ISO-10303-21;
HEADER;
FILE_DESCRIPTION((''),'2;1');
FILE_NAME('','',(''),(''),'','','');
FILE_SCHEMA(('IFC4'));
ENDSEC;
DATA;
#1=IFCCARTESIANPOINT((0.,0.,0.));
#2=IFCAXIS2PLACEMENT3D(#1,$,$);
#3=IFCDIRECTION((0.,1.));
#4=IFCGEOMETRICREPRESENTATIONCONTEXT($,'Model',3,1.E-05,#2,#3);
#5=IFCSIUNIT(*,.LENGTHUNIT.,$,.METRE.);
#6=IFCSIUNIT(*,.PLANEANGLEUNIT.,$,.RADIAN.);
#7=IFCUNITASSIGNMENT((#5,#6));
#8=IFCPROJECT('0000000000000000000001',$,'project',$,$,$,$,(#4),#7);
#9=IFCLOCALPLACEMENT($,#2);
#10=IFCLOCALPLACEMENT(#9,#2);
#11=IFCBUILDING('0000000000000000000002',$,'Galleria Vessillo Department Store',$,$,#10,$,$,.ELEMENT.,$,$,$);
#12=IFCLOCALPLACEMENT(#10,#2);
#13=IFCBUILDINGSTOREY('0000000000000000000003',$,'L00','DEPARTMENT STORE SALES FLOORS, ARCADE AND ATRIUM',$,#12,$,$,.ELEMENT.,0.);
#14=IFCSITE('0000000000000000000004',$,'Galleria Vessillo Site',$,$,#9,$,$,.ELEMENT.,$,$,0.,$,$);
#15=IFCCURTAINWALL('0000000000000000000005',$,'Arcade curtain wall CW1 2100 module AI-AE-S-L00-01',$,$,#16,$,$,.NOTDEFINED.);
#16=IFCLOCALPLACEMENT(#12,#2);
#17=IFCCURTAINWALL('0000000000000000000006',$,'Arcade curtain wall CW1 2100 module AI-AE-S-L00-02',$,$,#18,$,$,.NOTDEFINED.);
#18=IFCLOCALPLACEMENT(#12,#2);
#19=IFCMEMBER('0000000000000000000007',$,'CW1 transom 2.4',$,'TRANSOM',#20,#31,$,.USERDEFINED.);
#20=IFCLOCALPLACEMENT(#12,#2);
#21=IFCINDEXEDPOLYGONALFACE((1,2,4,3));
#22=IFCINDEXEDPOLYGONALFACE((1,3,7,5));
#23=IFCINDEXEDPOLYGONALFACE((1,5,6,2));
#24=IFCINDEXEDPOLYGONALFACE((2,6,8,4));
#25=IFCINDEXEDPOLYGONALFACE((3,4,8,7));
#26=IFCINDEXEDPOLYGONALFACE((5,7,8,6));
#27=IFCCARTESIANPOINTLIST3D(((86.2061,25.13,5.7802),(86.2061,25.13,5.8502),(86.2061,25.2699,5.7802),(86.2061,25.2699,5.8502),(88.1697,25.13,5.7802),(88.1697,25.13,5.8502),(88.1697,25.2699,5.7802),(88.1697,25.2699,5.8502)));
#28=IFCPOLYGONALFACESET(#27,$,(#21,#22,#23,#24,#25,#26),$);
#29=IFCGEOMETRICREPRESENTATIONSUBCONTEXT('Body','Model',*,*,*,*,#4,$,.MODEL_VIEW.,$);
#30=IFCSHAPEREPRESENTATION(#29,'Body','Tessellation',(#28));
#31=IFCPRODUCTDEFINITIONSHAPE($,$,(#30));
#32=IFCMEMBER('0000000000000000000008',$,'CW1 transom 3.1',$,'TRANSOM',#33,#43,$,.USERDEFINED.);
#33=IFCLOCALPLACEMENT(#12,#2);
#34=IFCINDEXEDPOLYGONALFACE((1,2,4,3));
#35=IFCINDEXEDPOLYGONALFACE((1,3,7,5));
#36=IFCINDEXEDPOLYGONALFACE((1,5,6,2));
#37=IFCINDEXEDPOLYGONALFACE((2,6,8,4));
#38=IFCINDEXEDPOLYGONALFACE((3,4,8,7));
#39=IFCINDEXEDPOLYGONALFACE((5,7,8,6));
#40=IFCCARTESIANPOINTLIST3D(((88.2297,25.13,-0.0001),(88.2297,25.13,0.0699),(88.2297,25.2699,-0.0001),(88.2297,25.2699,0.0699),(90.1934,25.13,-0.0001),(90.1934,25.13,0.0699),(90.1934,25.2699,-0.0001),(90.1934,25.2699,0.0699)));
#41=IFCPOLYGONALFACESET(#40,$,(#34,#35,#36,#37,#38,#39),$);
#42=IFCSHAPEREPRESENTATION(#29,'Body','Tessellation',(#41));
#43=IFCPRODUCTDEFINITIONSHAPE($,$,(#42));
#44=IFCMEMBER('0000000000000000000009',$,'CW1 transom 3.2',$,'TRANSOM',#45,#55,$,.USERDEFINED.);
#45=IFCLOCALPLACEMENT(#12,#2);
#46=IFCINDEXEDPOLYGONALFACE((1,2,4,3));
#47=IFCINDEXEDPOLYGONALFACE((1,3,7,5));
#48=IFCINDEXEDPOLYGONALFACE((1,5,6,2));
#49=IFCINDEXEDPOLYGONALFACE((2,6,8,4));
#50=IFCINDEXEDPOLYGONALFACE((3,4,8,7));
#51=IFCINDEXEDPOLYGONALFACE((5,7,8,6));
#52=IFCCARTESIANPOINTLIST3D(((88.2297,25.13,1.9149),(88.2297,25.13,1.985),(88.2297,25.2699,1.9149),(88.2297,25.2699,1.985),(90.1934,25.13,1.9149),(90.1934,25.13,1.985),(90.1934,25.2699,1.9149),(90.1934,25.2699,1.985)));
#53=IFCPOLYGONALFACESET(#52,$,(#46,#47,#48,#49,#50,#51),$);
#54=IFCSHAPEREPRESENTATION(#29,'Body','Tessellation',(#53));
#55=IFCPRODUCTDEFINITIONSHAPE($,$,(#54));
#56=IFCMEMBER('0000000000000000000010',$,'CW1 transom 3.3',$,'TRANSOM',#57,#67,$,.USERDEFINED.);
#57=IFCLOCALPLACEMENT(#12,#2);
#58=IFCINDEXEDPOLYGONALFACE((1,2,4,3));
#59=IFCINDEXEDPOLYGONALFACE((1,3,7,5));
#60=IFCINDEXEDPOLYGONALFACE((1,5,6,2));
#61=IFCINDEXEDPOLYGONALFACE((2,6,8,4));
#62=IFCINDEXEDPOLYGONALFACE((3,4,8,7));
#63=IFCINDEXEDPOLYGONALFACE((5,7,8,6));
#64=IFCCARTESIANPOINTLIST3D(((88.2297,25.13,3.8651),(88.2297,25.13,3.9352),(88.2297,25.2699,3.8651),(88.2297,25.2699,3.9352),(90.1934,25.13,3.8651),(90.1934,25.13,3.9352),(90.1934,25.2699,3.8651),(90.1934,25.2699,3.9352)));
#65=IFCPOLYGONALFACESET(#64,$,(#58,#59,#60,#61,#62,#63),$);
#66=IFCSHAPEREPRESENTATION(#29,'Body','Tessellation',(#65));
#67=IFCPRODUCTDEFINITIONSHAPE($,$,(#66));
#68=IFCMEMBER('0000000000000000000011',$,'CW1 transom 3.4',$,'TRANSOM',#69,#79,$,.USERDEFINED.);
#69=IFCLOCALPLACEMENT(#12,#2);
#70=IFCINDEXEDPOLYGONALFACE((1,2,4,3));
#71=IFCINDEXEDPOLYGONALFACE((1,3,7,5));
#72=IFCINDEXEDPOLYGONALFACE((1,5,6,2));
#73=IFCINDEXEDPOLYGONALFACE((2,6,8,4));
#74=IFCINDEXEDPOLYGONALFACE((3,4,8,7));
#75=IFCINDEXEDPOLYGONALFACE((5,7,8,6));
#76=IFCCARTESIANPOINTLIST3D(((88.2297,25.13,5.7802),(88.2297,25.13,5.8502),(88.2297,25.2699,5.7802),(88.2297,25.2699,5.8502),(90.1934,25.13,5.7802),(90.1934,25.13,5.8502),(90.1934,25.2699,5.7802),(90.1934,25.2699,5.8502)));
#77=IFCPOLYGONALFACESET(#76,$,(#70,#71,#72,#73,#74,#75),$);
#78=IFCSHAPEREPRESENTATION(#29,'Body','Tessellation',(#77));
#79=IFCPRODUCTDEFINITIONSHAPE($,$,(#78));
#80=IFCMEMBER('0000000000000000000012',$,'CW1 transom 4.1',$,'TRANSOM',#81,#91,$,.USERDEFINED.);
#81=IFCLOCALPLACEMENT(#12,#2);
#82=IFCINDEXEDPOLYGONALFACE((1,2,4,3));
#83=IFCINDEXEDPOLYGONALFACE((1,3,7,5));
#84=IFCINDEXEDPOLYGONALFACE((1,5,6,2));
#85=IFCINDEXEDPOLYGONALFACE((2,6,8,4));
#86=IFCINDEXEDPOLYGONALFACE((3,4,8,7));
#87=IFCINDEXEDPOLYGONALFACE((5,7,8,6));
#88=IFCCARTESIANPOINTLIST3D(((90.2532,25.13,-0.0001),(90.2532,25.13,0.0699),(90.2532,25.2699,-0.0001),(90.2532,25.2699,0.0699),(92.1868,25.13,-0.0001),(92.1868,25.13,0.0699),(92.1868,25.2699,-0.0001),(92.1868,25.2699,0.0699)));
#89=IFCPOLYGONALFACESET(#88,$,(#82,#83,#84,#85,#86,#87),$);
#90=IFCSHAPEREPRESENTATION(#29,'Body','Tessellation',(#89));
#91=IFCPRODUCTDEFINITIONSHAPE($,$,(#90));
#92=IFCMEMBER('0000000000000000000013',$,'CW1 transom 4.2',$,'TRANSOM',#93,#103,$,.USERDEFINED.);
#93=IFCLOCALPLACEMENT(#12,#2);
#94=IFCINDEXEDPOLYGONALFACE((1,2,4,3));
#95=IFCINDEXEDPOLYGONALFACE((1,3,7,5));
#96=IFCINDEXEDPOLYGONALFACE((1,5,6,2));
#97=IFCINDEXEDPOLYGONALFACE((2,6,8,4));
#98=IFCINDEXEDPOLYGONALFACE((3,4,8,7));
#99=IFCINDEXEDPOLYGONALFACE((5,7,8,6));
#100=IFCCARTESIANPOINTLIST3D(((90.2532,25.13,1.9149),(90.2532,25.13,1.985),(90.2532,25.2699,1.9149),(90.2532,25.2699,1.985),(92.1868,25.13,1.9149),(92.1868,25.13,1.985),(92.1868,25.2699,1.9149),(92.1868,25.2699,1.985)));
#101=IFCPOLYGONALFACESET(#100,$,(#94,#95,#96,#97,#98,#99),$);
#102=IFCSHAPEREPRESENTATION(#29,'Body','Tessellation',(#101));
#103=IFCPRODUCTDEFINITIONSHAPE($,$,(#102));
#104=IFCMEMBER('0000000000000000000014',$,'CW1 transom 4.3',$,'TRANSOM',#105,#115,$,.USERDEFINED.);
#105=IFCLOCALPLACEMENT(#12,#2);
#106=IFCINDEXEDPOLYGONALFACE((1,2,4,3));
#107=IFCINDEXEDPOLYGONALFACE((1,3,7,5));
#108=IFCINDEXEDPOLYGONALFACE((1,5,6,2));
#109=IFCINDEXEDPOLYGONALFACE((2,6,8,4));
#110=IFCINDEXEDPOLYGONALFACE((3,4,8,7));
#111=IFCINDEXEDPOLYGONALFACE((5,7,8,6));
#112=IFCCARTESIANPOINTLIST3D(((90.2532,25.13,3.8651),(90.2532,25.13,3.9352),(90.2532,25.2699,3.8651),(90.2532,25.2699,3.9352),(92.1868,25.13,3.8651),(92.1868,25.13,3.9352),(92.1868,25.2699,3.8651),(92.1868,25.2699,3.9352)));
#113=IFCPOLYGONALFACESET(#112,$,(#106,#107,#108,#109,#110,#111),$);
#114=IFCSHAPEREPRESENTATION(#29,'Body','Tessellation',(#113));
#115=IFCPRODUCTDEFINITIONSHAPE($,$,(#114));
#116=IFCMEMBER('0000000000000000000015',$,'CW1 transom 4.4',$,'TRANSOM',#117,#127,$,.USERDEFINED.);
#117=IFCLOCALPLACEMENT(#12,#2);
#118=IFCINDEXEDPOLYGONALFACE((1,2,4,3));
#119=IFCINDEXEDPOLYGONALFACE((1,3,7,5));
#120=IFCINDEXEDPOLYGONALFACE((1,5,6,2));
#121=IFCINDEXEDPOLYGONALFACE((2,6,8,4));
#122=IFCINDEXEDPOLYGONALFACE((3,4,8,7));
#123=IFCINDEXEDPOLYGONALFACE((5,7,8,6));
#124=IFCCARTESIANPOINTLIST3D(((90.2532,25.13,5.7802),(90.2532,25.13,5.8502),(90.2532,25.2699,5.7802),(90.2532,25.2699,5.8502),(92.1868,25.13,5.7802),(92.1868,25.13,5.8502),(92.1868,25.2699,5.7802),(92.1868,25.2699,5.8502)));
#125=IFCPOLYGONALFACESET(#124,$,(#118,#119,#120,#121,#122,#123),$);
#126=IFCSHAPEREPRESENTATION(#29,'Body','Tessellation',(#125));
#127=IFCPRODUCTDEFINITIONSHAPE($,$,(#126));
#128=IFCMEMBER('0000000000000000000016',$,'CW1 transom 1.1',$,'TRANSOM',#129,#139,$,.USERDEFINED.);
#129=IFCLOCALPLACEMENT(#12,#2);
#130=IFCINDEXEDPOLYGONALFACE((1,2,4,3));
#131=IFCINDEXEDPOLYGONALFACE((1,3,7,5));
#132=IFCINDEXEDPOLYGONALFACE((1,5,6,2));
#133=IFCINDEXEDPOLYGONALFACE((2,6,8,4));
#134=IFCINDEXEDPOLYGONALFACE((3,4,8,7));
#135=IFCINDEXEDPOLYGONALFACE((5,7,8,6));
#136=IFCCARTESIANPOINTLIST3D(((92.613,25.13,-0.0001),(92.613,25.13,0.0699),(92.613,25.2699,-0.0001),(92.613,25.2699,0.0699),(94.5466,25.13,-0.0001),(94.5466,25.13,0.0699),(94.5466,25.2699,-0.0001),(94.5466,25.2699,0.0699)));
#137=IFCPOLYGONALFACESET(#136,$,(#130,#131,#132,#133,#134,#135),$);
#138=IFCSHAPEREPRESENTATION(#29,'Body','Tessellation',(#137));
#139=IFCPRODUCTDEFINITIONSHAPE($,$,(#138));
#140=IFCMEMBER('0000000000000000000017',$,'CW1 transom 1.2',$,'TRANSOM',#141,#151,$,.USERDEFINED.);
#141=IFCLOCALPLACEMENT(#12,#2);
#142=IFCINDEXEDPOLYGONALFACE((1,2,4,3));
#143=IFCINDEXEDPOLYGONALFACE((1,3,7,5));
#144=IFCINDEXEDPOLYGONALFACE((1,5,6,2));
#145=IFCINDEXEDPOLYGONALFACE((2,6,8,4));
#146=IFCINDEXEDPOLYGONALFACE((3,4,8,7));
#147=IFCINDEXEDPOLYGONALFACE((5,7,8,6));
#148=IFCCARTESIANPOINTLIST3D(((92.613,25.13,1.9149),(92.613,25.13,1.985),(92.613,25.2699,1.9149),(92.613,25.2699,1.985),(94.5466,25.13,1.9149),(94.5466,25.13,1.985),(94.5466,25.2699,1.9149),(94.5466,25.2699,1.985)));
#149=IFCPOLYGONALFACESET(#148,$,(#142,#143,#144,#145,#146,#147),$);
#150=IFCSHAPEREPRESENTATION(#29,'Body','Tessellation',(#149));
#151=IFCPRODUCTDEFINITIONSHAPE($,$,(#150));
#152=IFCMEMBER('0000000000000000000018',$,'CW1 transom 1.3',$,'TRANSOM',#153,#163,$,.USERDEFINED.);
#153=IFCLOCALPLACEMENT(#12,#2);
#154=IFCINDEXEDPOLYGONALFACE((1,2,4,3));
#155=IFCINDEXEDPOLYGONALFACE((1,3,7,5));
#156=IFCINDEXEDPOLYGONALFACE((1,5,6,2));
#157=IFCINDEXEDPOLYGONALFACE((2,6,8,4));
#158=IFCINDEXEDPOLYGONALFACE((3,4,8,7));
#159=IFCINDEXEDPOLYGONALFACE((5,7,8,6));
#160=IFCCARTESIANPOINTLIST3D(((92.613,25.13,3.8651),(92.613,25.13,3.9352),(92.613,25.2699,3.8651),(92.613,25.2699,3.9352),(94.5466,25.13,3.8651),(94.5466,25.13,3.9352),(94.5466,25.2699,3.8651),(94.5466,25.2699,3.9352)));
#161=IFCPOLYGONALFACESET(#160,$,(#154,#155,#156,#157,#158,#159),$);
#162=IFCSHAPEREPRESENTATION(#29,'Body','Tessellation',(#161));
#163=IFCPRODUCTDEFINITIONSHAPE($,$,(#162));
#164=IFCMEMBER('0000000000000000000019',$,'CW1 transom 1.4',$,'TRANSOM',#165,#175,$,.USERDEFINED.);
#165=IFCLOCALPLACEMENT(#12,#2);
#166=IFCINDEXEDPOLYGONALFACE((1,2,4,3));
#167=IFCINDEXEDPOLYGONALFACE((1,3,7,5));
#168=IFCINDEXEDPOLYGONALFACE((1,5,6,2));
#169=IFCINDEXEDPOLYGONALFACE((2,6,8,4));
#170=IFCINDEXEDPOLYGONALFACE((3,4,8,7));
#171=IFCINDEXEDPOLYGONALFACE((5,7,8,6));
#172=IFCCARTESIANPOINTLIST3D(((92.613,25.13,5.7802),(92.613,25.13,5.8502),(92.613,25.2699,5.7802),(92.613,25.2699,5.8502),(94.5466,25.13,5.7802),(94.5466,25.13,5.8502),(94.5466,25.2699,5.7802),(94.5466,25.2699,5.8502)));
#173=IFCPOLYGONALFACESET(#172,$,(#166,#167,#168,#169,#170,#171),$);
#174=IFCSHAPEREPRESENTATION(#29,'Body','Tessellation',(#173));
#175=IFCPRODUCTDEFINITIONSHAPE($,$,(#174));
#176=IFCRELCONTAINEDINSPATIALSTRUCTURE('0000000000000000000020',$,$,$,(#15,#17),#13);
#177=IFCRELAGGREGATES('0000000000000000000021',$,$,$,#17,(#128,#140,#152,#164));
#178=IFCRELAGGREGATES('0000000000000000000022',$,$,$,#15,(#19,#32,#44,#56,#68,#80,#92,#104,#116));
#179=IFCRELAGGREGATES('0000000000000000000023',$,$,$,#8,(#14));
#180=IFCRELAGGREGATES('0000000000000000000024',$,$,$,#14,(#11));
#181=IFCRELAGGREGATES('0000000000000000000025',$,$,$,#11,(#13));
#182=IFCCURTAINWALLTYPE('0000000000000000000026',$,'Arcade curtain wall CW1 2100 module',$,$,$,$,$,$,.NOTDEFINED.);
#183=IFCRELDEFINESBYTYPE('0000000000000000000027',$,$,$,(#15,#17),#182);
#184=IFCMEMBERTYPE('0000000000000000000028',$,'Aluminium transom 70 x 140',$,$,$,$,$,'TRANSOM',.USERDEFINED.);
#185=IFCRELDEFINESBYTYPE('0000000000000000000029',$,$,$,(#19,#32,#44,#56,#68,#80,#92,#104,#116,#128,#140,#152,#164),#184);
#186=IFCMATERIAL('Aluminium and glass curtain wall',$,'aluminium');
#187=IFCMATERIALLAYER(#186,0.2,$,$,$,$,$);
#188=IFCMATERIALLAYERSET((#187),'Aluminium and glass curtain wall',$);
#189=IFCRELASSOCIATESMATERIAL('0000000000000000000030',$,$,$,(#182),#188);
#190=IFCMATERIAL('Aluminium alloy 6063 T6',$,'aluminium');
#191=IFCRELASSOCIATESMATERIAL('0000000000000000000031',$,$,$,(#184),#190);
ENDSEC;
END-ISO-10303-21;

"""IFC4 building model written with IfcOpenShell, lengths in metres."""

from ifc_helpers import new_model, si_unit, direction, frame, origin, origin_2d, place, context, subcontext, project, spatial, rectangle, extrude, material, layer, layer_set, material_profile, profile_set, type_object, element, aggregate, save


model = new_model("IFC4")

# Units and contexts
model_context = context("Model", 3, precision=1e-05, world=origin(), true_north=direction((0.0, 1.0)))
body_context = subcontext(model_context, "Body", "Model", "MODEL_VIEW")
ifc_project = project(units=[si_unit("LENGTHUNIT", "METRE"), si_unit("PLANEANGLEUNIT", "RADIAN")], contexts=[model_context])

# Site, building, storey
site_placement = place(None, origin())
site = spatial("IfcSite", under=ifc_project, at=site_placement, Name="Galleria Vessillo Site", CompositionType="ELEMENT", RefElevation=0.0)
building_placement = place(site_placement, origin())
building = spatial("IfcBuilding", under=site, at=building_placement, Name="Galleria Vessillo Department Store", CompositionType="ELEMENT")
storey_placement = place(building_placement, origin())
storey = spatial("IfcBuildingStorey", under=building, at=storey_placement, Name="L00", Description="DEPARTMENT STORE SALES FLOORS, ARCADE AND ATRIUM", CompositionType="ELEMENT", Elevation=0.0)

# Curtain wall
ifc_material_1 = material(Name="Aluminium and glass curtain wall", Category="aluminium")
ifc_layer_1 = layer(ifc_material_1, 0.2)
ifc_layer_set_1 = layer_set([ifc_layer_1], Name="Aluminium and glass curtain wall")
curtain_wall_type = type_object("IfcCurtainWallType", Name="Arcade curtain wall CW1 2100 module", PredefinedType="NOTDEFINED", material=ifc_layer_set_1)
curtain_wall_1_placement = place(storey_placement, origin())
curtain_wall_1 = element("IfcCurtainWall", 1, at=curtain_wall_1_placement, inside=storey, type_object=curtain_wall_type, Name="Arcade curtain wall CW1 2100 module AI-AE-S-L00-01", PredefinedType="NOTDEFINED")

# Curtain wall
curtain_wall_2_placement = place(storey_placement, origin())
curtain_wall_2 = element("IfcCurtainWall", 2, at=curtain_wall_2_placement, inside=storey, type_object=curtain_wall_type, Name="Arcade curtain wall CW1 2100 module AI-AE-S-L00-02", PredefinedType="NOTDEFINED")

# Members
ifc_material_2 = material(Name="Aluminium alloy 6063 T6", Category="aluminium")
ifc_material_profile_1 = material_profile(ifc_material_2, rectangle(XDim=0.1399, YDim=0.0701, at=origin_2d()), Name="AL 70x140")
ifc_profile_set_1 = profile_set([ifc_material_profile_1], Name="Aluminium alloy 6063 T6")
member_type_1 = type_object("IfcMemberType", Name="Aluminium transom 70 x 140", ElementType="TRANSOM", PredefinedType="USERDEFINED", material=ifc_profile_set_1)
member_1_placement = place(storey_placement, frame((86.2061, 25.2, 5.8152), z_axis=(1.0, 0.0, 0.0), x_axis=(0.0, 1.0, 0.0)))
member_1 = element("IfcMember", 3, at=member_1_placement, type_object=member_type_1, Name="CW1 transom 2.4", ObjectType="TRANSOM", PredefinedType="USERDEFINED", context=body_context, shape_type="SweptSolid", body=[
    extrude(rectangle(XDim=0.1399, YDim=0.0701, at=origin_2d()), origin(), (0.0, 0.0, 1.0), 1.9636),
])
member_2_placement = place(storey_placement, frame((88.2297, 25.2, 0.0349), z_axis=(1.0, 0.0, 0.0), x_axis=(0.0, 1.0, 0.0)))
member_2 = element("IfcMember", 4, at=member_2_placement, type_object=member_type_1, Name="CW1 transom 3.1", ObjectType="TRANSOM", PredefinedType="USERDEFINED", context=body_context, shape_type="SweptSolid", body=[
    extrude(rectangle(XDim=0.1399, YDim=0.0701, at=origin_2d()), origin(), (0.0, 0.0, 1.0), 1.9636),
])
member_3_placement = place(storey_placement, frame((88.2297, 25.2, 1.95), z_axis=(1.0, 0.0, 0.0), x_axis=(0.0, 1.0, 0.0)))
member_3 = element("IfcMember", 5, at=member_3_placement, type_object=member_type_1, Name="CW1 transom 3.2", ObjectType="TRANSOM", PredefinedType="USERDEFINED", context=body_context, shape_type="SweptSolid", body=[
    extrude(rectangle(XDim=0.1399, YDim=0.0701, at=origin_2d()), origin(), (0.0, 0.0, 1.0), 1.9636),
])
member_4_placement = place(storey_placement, frame((88.2297, 25.2, 3.9001), z_axis=(1.0, 0.0, 0.0), x_axis=(0.0, 1.0, 0.0)))
member_4 = element("IfcMember", 6, at=member_4_placement, type_object=member_type_1, Name="CW1 transom 3.3", ObjectType="TRANSOM", PredefinedType="USERDEFINED", context=body_context, shape_type="SweptSolid", body=[
    extrude(rectangle(XDim=0.1399, YDim=0.0701, at=origin_2d()), origin(), (0.0, 0.0, 1.0), 1.9636),
])
member_5_placement = place(storey_placement, frame((88.2297, 25.2, 5.8152), z_axis=(1.0, 0.0, 0.0), x_axis=(0.0, 1.0, 0.0)))
member_5 = element("IfcMember", 7, at=member_5_placement, type_object=member_type_1, Name="CW1 transom 3.4", ObjectType="TRANSOM", PredefinedType="USERDEFINED", context=body_context, shape_type="SweptSolid", body=[
    extrude(rectangle(XDim=0.1399, YDim=0.0701, at=origin_2d()), origin(), (0.0, 0.0, 1.0), 1.9636),
])
member_6_placement = place(storey_placement, frame((90.2532, 25.2, 0.0349), z_axis=(1.0, 0.0, 0.0), x_axis=(0.0, 1.0, 0.0)))
member_6 = element("IfcMember", 8, at=member_6_placement, type_object=member_type_1, Name="CW1 transom 4.1", ObjectType="TRANSOM", PredefinedType="USERDEFINED", context=body_context, shape_type="SweptSolid", body=[
    extrude(rectangle(XDim=0.1399, YDim=0.0701, at=origin_2d()), origin(), (0.0, 0.0, 1.0), 1.9336),
])
member_7_placement = place(storey_placement, frame((90.2532, 25.2, 1.95), z_axis=(1.0, 0.0, 0.0), x_axis=(0.0, 1.0, 0.0)))
member_7 = element("IfcMember", 9, at=member_7_placement, type_object=member_type_1, Name="CW1 transom 4.2", ObjectType="TRANSOM", PredefinedType="USERDEFINED", context=body_context, shape_type="SweptSolid", body=[
    extrude(rectangle(XDim=0.1399, YDim=0.0701, at=origin_2d()), origin(), (0.0, 0.0, 1.0), 1.9336),
])
member_8_placement = place(storey_placement, frame((90.2532, 25.2, 3.9001), z_axis=(1.0, 0.0, 0.0), x_axis=(0.0, 1.0, 0.0)))
member_8 = element("IfcMember", 10, at=member_8_placement, type_object=member_type_1, Name="CW1 transom 4.3", ObjectType="TRANSOM", PredefinedType="USERDEFINED", context=body_context, shape_type="SweptSolid", body=[
    extrude(rectangle(XDim=0.1399, YDim=0.0701, at=origin_2d()), origin(), (0.0, 0.0, 1.0), 1.9336),
])
member_9_placement = place(storey_placement, frame((90.2532, 25.2, 5.8152), z_axis=(1.0, 0.0, 0.0), x_axis=(0.0, 1.0, 0.0)))
member_9 = element("IfcMember", 11, at=member_9_placement, type_object=member_type_1, Name="CW1 transom 4.4", ObjectType="TRANSOM", PredefinedType="USERDEFINED", context=body_context, shape_type="SweptSolid", body=[
    extrude(rectangle(XDim=0.1399, YDim=0.0701, at=origin_2d()), origin(), (0.0, 0.0, 1.0), 1.9336),
])
member_10_placement = place(storey_placement, frame((92.613, 25.2, 0.0349), z_axis=(1.0, 0.0, 0.0), x_axis=(0.0, 1.0, 0.0)))
member_10 = element("IfcMember", 12, at=member_10_placement, type_object=member_type_1, Name="CW1 transom 1.1", ObjectType="TRANSOM", PredefinedType="USERDEFINED", context=body_context, shape_type="SweptSolid", body=[
    extrude(rectangle(XDim=0.1399, YDim=0.0701, at=origin_2d()), origin(), (0.0, 0.0, 1.0), 1.9336),
])
member_11_placement = place(storey_placement, frame((92.613, 25.2, 1.95), z_axis=(1.0, 0.0, 0.0), x_axis=(0.0, 1.0, 0.0)))
member_11 = element("IfcMember", 13, at=member_11_placement, type_object=member_type_1, Name="CW1 transom 1.2", ObjectType="TRANSOM", PredefinedType="USERDEFINED", context=body_context, shape_type="SweptSolid", body=[
    extrude(rectangle(XDim=0.1399, YDim=0.0701, at=origin_2d()), origin(), (0.0, 0.0, 1.0), 1.9336),
])
member_12_placement = place(storey_placement, frame((92.613, 25.2, 3.9001), z_axis=(1.0, 0.0, 0.0), x_axis=(0.0, 1.0, 0.0)))
member_12 = element("IfcMember", 14, at=member_12_placement, type_object=member_type_1, Name="CW1 transom 1.3", ObjectType="TRANSOM", PredefinedType="USERDEFINED", context=body_context, shape_type="SweptSolid", body=[
    extrude(rectangle(XDim=0.1399, YDim=0.0701, at=origin_2d()), origin(), (0.0, 0.0, 1.0), 1.9336),
])
member_13_placement = place(storey_placement, frame((92.613, 25.2, 5.8152), z_axis=(1.0, 0.0, 0.0), x_axis=(0.0, 1.0, 0.0)))
member_13 = element("IfcMember", 15, at=member_13_placement, type_object=member_type_1, Name="CW1 transom 1.4", ObjectType="TRANSOM", PredefinedType="USERDEFINED", context=body_context, shape_type="SweptSolid", body=[
    extrude(rectangle(XDim=0.1399, YDim=0.0701, at=origin_2d()), origin(), (0.0, 0.0, 1.0), 1.9336),
])
aggregate(curtain_wall_2, [member_10, member_11, member_12, member_13])

aggregate(curtain_wall_1, [member_1, member_2, member_3, member_4, member_5, member_6, member_7, member_8, member_9])

save(model, "model.ifc")
